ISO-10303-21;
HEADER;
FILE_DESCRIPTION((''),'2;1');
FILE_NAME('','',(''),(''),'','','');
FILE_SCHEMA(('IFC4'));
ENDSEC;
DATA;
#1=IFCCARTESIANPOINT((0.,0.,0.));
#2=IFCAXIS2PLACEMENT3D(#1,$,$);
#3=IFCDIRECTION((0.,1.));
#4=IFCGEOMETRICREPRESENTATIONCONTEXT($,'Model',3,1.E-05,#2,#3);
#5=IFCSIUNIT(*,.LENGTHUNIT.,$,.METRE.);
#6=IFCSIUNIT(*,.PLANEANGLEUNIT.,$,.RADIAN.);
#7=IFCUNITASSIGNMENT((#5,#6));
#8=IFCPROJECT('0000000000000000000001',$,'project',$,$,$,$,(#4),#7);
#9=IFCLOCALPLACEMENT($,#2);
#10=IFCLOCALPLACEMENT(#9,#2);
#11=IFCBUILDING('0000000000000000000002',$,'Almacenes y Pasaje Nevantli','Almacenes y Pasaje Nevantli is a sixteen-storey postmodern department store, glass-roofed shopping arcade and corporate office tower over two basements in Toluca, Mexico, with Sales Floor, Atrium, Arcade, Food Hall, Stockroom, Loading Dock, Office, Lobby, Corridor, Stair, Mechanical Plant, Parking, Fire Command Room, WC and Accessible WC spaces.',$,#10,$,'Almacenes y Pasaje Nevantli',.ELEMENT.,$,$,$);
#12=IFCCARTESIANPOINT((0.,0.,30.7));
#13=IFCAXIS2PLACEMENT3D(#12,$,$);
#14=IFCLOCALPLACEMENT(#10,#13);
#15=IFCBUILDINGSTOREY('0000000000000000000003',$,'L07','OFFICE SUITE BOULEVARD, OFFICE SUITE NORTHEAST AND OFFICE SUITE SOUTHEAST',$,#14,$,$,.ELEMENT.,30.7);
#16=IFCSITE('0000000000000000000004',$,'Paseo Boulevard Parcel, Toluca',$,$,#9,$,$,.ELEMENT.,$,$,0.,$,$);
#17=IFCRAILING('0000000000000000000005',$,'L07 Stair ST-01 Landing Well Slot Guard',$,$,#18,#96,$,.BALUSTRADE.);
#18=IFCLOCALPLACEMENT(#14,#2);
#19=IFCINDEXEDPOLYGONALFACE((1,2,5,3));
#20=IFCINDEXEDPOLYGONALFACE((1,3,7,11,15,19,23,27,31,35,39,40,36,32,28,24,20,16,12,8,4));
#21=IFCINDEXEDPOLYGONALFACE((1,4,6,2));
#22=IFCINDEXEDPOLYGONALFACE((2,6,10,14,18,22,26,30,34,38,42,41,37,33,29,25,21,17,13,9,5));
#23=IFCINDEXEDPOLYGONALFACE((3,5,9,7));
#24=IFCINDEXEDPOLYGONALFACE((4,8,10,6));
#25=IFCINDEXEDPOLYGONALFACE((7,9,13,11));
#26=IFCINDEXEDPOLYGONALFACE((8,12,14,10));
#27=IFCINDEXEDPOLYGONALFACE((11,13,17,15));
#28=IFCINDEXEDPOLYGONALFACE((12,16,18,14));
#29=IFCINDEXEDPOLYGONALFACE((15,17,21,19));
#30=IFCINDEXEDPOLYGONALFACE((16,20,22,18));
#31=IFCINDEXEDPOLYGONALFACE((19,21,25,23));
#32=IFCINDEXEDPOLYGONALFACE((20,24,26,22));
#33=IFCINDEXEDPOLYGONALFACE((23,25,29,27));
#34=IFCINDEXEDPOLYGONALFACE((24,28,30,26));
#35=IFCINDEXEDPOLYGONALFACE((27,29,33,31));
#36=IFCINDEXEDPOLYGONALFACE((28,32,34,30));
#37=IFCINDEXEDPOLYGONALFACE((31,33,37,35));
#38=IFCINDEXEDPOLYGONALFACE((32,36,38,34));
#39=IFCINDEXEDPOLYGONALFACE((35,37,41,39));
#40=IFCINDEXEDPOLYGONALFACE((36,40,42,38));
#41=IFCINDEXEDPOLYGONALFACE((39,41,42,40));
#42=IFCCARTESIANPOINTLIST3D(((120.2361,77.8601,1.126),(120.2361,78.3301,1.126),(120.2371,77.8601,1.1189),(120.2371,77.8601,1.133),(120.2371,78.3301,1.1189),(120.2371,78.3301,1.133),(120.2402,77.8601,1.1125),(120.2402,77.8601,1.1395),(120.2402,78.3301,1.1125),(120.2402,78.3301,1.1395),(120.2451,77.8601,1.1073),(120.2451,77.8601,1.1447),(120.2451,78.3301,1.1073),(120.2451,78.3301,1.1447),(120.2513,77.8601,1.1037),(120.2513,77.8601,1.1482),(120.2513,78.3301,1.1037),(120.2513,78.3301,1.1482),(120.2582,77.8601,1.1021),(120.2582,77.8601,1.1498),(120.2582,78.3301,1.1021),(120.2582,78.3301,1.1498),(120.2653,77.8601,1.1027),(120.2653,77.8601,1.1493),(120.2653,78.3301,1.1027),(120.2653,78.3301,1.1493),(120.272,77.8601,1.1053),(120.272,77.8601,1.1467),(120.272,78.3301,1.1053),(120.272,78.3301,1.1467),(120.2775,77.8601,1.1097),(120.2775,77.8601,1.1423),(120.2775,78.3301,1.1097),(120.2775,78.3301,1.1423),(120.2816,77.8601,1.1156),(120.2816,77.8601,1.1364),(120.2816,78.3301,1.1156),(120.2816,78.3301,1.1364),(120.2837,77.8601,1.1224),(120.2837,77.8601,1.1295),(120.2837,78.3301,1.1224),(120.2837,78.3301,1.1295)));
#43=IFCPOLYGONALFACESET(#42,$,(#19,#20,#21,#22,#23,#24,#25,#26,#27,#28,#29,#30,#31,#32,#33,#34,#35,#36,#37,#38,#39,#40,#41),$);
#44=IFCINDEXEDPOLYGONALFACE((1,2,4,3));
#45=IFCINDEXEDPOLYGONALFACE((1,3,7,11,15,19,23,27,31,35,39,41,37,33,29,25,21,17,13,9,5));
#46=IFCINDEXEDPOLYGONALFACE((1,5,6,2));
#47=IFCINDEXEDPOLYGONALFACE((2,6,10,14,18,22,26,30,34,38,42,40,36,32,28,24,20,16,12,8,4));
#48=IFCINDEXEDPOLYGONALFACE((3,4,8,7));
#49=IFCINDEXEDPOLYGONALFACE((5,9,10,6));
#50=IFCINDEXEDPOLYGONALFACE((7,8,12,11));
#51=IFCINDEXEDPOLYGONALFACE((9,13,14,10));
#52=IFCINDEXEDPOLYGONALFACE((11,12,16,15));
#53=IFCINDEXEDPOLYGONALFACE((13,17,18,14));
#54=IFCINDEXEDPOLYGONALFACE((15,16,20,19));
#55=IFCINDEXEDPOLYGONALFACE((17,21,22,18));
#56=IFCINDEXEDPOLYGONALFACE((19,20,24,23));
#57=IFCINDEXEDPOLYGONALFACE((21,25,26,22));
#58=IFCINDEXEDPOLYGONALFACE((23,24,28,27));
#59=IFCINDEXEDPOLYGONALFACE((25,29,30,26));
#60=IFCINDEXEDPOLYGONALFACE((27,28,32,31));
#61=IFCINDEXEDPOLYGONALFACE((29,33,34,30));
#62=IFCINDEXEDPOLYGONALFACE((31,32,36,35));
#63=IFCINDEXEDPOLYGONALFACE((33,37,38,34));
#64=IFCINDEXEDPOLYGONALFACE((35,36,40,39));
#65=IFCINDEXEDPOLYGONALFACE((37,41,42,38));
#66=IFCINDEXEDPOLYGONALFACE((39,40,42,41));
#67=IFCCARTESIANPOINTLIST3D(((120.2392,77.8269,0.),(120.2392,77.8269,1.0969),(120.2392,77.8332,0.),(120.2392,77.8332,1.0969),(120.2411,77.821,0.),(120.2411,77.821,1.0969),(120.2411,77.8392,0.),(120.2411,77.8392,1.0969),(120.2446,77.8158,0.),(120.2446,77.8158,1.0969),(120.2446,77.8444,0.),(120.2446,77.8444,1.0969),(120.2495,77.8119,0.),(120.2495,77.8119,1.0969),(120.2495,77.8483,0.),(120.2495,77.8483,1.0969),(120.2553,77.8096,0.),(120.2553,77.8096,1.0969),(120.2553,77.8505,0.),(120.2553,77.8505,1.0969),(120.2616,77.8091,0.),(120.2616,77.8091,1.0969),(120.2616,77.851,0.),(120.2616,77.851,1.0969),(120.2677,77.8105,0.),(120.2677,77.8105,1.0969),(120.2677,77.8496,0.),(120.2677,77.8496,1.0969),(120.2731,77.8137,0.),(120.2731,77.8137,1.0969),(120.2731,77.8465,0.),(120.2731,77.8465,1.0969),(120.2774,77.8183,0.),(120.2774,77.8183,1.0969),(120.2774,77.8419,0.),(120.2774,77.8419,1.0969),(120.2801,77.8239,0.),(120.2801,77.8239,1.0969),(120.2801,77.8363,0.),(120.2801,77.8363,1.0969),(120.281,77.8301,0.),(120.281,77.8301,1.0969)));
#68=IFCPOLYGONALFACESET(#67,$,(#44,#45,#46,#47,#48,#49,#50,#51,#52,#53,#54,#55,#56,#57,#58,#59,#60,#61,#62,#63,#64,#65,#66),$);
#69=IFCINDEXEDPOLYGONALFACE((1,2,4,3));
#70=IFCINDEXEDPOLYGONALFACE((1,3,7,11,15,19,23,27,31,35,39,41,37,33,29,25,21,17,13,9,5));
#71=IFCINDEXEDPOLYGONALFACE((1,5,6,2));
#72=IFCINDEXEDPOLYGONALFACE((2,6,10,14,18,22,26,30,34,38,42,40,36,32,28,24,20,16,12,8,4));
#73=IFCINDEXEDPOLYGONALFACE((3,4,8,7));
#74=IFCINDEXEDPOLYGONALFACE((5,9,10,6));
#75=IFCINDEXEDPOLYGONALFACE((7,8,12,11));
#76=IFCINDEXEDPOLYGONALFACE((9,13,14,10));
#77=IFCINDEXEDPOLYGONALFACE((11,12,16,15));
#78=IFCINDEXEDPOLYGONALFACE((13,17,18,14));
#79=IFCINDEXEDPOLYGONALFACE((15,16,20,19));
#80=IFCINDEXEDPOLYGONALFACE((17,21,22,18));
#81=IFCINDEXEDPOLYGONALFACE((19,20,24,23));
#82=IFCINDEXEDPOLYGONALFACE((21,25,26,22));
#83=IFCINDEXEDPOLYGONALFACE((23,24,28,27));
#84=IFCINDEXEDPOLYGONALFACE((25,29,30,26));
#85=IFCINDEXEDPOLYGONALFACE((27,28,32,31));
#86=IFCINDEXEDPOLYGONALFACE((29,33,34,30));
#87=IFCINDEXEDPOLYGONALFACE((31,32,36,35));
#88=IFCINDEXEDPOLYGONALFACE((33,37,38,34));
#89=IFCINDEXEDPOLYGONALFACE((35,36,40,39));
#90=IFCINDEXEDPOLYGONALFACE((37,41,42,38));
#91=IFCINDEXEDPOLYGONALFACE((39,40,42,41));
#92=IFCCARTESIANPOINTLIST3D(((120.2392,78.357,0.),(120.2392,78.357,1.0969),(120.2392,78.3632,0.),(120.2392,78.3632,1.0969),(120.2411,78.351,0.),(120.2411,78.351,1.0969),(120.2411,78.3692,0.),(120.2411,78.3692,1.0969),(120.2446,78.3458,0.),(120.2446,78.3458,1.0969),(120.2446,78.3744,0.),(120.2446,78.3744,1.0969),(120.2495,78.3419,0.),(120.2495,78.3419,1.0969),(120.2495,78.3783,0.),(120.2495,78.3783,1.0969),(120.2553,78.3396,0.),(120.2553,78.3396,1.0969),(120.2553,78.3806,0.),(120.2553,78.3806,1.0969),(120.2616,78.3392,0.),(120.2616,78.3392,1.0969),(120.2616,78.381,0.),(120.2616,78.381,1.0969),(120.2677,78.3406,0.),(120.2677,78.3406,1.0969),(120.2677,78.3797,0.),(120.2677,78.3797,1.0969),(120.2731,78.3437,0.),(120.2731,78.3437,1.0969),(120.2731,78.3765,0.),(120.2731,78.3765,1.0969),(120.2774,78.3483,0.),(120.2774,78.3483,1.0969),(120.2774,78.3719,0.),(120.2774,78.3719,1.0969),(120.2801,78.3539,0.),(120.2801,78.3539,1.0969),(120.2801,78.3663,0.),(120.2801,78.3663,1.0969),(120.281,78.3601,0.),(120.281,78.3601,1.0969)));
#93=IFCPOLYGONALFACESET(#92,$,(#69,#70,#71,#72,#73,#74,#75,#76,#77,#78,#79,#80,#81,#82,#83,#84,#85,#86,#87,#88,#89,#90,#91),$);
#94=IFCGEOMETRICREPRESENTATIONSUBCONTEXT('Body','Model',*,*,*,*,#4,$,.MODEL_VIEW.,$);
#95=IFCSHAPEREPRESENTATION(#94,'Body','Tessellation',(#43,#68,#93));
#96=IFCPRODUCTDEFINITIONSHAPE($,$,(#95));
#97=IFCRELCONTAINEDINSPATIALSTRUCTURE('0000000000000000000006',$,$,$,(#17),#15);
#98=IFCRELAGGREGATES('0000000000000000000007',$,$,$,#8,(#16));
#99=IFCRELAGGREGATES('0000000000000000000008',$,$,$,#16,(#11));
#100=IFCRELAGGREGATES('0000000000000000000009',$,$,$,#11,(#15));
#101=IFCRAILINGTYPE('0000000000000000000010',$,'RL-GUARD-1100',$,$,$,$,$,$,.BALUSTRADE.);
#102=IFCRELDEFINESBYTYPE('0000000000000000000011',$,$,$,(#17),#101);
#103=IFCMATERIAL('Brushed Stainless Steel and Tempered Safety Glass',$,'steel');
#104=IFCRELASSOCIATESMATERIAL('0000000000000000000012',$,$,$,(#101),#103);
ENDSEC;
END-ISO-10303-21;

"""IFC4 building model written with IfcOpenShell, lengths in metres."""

from ifc_helpers import new_model, si_unit, direction, frame, origin, origin_2d, place, context, subcontext, project, spatial, circle, extrude, material, type_object, element, save


model = new_model("IFC4")

# Units and contexts
model_context = context("Model", 3, precision=1e-05, world=origin(), true_north=direction((0.0, 1.0)))
body_context = subcontext(model_context, "Body", "Model", "MODEL_VIEW")
ifc_project = project(units=[si_unit("LENGTHUNIT", "METRE"), si_unit("PLANEANGLEUNIT", "RADIAN")], contexts=[model_context])

# Site, building, storey
site_placement = place(None, origin())
site = spatial("IfcSite", under=ifc_project, at=site_placement, Name="Paseo Boulevard Parcel, Toluca", CompositionType="ELEMENT", RefElevation=0.0)
building_placement = place(site_placement, origin())
building = spatial("IfcBuilding", under=site, at=building_placement, Name="Almacenes y Pasaje Nevantli", Description="Almacenes y Pasaje Nevantli is a sixteen-storey postmodern department store, glass-roofed shopping arcade and corporate office tower over two basements in Toluca, Mexico, with Sales Floor, Atrium, Arcade, Food Hall, Stockroom, Loading Dock, Office, Lobby, Corridor, Stair, Mechanical Plant, Parking, Fire Command Room, WC and Accessible WC spaces.", LongName="Almacenes y Pasaje Nevantli", CompositionType="ELEMENT")
storey_placement = place(building_placement, frame((0.0, 0.0, 30.7)))
storey = spatial("IfcBuildingStorey", under=building, at=storey_placement, Name="L07", Description="OFFICE SUITE BOULEVARD, OFFICE SUITE NORTHEAST AND OFFICE SUITE SOUTHEAST", CompositionType="ELEMENT", Elevation=30.7)

# Railing
ifc_material_1 = material(Name="Brushed Stainless Steel and Tempered Safety Glass", Category="steel")
railing_type_1 = type_object("IfcRailingType", Name="RL-GUARD-1100", PredefinedType="BALUSTRADE", material=ifc_material_1)
railing_1_placement = place(storey_placement, frame((120.26, 77.8301, 0.0)))
element("IfcRailing", 1, at=railing_1_placement, inside=storey, type_object=railing_type_1, Name="L07 Stair ST-01 Landing Well Slot Guard", PredefinedType="BALUSTRADE", context=body_context, shape_type="SweptSolid", body=[
    extrude(circle(Radius=0.0239, at=origin_2d()), frame((0.0, 0.03, 1.126), z_axis=(0.0, 1.0, 0.0), x_axis=(-1.0, 0.0, 0.0)), (0.0, 0.0, 1.0), 0.47),
    extrude(circle(Radius=0.021, at=origin_2d()), origin(), (0.0, 0.0, 1.0), 1.0969),
    extrude(circle(Radius=0.021, at=origin_2d()), frame((0.0, 0.53, 0.0)), (0.0, 0.0, 1.0), 1.0969),
])

save(model, "model.ifc")
